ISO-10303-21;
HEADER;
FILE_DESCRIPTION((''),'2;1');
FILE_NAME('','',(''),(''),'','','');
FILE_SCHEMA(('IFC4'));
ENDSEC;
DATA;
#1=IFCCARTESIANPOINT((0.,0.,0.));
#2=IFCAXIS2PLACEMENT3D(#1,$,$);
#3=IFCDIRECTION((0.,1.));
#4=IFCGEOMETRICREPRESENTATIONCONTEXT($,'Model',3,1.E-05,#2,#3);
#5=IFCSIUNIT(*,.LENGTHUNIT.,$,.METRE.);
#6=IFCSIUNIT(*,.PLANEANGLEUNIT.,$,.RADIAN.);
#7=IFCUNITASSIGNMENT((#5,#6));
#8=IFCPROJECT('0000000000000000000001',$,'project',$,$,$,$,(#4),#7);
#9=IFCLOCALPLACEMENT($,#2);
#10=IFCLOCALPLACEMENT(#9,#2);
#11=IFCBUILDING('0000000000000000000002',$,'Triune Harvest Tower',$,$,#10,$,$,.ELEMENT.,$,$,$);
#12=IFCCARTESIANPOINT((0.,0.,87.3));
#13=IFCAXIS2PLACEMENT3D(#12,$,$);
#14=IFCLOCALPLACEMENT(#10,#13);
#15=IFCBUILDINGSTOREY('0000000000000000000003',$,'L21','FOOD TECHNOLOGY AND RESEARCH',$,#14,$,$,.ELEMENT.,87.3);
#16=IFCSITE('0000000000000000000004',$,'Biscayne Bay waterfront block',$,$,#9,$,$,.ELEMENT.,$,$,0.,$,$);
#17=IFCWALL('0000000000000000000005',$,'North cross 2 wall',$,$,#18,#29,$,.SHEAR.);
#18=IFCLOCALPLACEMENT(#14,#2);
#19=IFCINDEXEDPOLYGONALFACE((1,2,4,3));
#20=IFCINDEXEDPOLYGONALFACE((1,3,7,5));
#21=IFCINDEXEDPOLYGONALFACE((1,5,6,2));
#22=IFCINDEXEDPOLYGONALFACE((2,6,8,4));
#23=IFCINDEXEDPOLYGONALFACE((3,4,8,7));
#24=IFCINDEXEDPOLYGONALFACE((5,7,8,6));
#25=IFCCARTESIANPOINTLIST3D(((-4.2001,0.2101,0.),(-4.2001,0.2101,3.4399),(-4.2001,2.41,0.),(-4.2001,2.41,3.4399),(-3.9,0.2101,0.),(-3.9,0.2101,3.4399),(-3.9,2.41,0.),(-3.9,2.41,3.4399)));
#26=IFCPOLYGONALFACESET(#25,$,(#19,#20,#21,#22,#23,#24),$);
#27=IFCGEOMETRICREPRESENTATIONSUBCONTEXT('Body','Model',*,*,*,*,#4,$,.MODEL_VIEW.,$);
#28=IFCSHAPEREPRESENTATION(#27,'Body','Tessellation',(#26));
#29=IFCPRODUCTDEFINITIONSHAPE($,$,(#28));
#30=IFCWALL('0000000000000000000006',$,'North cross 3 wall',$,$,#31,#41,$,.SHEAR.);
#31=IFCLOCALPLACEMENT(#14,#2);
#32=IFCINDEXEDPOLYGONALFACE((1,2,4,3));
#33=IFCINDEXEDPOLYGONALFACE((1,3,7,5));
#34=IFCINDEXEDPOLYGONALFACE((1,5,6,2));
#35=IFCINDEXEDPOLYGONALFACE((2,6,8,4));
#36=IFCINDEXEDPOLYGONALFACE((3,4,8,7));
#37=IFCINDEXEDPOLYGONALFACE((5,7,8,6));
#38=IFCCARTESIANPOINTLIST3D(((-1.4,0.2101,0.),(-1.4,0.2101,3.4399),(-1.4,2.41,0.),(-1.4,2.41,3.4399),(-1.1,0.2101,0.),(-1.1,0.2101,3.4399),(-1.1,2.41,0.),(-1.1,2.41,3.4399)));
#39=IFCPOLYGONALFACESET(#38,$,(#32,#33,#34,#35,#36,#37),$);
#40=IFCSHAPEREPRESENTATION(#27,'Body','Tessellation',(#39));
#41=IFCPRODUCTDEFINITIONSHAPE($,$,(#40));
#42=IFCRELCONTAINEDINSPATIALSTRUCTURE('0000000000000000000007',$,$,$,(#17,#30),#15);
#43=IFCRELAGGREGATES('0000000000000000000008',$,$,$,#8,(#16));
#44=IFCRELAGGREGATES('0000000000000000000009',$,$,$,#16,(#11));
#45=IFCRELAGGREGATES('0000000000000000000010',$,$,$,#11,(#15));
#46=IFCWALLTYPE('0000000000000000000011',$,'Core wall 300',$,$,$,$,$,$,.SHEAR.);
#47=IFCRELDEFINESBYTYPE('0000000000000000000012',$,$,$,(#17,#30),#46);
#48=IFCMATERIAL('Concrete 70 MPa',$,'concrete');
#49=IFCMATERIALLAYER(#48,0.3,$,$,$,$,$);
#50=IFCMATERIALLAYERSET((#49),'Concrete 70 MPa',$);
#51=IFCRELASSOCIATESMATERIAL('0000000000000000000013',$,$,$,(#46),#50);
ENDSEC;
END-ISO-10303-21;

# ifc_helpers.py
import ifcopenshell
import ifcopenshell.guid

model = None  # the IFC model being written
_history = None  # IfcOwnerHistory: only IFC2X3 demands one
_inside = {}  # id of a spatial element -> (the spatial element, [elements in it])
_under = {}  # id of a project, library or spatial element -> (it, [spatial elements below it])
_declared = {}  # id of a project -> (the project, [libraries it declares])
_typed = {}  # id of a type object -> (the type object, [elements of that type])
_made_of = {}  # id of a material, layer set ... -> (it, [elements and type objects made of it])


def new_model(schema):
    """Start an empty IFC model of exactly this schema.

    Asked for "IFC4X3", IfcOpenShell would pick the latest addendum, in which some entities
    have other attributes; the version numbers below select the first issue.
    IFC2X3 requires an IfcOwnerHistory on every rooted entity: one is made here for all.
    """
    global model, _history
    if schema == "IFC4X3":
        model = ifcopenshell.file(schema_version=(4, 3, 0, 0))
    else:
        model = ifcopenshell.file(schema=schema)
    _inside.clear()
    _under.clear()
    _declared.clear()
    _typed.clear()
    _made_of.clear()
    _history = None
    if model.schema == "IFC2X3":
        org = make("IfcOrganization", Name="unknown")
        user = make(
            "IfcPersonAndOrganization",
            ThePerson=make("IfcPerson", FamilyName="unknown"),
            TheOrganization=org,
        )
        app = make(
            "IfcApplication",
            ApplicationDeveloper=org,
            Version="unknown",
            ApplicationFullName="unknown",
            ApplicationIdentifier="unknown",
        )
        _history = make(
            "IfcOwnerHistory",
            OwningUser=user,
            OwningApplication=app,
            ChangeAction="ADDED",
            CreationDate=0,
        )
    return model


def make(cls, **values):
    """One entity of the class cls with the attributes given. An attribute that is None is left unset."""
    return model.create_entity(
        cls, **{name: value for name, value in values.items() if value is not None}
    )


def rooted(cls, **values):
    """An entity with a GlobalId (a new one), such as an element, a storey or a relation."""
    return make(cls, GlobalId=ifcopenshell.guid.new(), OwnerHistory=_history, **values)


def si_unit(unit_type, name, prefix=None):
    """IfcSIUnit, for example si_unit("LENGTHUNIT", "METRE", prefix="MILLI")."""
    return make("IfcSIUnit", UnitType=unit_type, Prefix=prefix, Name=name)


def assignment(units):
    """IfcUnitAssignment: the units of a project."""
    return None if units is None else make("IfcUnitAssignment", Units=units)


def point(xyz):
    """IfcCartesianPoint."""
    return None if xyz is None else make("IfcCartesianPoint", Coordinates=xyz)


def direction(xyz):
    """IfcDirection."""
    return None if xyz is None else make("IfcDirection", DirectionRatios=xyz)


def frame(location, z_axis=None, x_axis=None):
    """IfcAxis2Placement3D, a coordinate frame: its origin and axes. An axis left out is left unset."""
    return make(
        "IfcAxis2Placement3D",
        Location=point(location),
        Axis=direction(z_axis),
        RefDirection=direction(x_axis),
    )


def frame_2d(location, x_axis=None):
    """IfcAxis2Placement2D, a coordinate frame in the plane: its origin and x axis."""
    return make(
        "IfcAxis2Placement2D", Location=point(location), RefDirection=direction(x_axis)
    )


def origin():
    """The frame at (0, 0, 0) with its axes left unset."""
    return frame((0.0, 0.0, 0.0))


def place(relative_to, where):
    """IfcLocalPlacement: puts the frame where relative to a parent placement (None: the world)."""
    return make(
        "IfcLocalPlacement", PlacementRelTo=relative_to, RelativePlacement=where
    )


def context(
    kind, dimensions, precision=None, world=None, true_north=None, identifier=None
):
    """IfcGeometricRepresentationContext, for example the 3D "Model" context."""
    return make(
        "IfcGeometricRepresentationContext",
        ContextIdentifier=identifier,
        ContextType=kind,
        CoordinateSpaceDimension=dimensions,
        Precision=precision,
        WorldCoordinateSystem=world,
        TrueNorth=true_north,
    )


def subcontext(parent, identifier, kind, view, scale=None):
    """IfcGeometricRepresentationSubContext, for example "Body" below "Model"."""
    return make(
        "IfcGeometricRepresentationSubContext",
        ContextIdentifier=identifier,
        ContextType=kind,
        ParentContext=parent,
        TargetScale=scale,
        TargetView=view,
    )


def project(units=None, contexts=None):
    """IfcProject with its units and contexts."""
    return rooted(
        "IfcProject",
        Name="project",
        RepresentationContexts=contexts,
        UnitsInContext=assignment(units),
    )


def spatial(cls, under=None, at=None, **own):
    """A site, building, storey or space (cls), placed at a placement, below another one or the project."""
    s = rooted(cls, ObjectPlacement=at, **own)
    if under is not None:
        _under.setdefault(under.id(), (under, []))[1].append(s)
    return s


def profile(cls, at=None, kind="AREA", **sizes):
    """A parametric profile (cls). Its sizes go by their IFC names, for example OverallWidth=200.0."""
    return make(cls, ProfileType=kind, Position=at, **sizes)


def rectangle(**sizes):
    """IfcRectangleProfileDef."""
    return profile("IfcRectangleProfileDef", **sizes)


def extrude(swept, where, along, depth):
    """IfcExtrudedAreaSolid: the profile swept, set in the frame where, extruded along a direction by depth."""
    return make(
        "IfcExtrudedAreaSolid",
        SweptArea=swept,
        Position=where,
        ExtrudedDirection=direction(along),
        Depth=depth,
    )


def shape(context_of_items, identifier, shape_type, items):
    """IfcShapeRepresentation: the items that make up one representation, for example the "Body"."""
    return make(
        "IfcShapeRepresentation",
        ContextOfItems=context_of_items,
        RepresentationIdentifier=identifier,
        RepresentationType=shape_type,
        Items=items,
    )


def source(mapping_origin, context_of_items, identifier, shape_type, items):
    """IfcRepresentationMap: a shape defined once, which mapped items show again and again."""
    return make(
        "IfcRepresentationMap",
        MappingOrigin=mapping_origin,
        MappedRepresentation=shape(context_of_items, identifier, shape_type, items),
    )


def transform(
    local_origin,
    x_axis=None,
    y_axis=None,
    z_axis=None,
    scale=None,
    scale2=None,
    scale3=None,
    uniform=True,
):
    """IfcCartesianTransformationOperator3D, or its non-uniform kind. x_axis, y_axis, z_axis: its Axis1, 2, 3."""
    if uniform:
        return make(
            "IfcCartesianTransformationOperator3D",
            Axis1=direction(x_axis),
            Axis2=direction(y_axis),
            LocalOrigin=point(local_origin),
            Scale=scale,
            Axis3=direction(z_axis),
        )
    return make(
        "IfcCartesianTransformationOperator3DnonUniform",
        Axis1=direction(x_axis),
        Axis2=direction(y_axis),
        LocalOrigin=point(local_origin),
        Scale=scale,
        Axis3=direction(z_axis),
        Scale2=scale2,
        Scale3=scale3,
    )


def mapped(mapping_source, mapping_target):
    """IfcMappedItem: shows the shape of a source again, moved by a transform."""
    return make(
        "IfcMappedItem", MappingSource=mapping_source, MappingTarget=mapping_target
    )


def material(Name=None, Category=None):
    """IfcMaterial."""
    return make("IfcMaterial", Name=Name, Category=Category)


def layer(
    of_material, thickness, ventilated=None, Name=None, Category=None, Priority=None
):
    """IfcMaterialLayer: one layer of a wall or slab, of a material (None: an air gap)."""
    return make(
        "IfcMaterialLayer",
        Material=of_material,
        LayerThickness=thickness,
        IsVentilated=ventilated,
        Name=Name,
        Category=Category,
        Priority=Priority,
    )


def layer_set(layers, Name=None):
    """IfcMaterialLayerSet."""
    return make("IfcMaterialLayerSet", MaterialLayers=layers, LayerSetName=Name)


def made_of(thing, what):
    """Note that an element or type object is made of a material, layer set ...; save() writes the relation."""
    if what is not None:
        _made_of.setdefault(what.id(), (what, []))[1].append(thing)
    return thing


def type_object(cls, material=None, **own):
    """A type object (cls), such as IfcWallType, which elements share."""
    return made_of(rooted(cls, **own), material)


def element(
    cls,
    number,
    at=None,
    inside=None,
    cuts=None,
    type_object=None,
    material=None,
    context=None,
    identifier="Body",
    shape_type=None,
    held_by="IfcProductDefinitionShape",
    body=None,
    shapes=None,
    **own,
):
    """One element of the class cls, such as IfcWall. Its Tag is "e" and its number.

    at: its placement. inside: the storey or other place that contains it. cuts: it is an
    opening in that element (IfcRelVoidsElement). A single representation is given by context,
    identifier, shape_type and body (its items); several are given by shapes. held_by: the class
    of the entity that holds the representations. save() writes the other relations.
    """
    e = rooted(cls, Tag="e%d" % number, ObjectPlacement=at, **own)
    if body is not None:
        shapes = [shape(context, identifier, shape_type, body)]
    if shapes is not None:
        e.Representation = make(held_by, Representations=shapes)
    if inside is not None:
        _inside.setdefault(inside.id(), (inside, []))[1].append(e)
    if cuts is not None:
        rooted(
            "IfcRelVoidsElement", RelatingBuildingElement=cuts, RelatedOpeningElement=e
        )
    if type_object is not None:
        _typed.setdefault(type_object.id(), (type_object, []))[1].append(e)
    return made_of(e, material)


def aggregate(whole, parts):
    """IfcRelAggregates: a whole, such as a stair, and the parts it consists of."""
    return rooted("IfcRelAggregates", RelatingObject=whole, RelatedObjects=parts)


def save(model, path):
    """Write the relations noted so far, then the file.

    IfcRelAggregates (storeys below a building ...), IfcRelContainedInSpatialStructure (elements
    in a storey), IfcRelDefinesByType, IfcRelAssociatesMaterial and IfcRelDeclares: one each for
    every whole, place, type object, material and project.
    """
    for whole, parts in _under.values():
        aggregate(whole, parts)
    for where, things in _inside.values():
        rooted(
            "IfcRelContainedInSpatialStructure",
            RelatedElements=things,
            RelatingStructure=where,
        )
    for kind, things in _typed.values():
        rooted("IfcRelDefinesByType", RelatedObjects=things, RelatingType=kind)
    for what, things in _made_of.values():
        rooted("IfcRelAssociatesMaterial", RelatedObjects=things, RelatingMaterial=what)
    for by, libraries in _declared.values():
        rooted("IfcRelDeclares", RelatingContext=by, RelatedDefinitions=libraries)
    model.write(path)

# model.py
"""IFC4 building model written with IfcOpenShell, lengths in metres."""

from ifc_helpers import new_model, si_unit, direction, frame, frame_2d, origin, place, context, subcontext, project, spatial, rectangle, extrude, source, transform, mapped, material, layer, layer_set, type_object, element, save


model = new_model("IFC4")

# Units and contexts
model_context = context("Model", 3, precision=1e-05, world=origin(), true_north=direction((0.0, 1.0)))
body_context = subcontext(model_context, "Body", "Model", "MODEL_VIEW")
ifc_project = project(units=[si_unit("LENGTHUNIT", "METRE"), si_unit("PLANEANGLEUNIT", "RADIAN")], contexts=[model_context])

# Site, building, storey
site_placement = place(None, origin())
site = spatial("IfcSite", under=ifc_project, at=site_placement, Name="Biscayne Bay waterfront block", CompositionType="ELEMENT", RefElevation=0.0)
building_placement = place(site_placement, origin())
building = spatial("IfcBuilding", under=site, at=building_placement, Name="Triune Harvest Tower", CompositionType="ELEMENT")
storey_placement = place(building_placement, frame((0.0, 0.0, 87.3)))
storey = spatial("IfcBuildingStorey", under=building, at=storey_placement, Name="L21", Description="FOOD TECHNOLOGY AND RESEARCH", CompositionType="ELEMENT", Elevation=87.3)

# Shared definitions
ifc_material_1 = material(Name="Concrete 70 MPa", Category="concrete")
ifc_layer_1 = layer(ifc_material_1, 0.3)
ifc_layer_set_1 = layer_set([ifc_layer_1], Name="Concrete 70 MPa")
wall_type_1 = type_object("IfcWallType", Name="Core wall 300", PredefinedType="SHEAR", material=ifc_layer_set_1)

# Walls
shared_shape_1 = source(origin(), body_context, "Body", "SweptSolid", [
    extrude(rectangle(XDim=2.2, YDim=0.3, at=frame_2d((1.1001, 0.0))), origin(), (0.0, 0.0, 1.0), 3.4399),
])
for number, where, z_axis, x_axis, name in (
    (1, (-4.05, 0.21, 0.0), (0.0, 0.0, 1.0), (0.0, 1.0, 0.0), "North cross 2 wall"),
    (2, (-1.25, 0.21, 0.0), (0.0, 0.0, 1.0), (0.0, 1.0, 0.0), "North cross 3 wall"),
):
    element("IfcWall", number, at=place(storey_placement, frame(where, z_axis=z_axis, x_axis=x_axis)), inside=storey, type_object=wall_type_1, Name=name, PredefinedType="SHEAR", context=body_context, shape_type="MappedRepresentation", body=[
        mapped(shared_shape_1, transform((0.0, 0.0, 0.0), scale=1.0)),
    ])

save(model, "model.ifc")
